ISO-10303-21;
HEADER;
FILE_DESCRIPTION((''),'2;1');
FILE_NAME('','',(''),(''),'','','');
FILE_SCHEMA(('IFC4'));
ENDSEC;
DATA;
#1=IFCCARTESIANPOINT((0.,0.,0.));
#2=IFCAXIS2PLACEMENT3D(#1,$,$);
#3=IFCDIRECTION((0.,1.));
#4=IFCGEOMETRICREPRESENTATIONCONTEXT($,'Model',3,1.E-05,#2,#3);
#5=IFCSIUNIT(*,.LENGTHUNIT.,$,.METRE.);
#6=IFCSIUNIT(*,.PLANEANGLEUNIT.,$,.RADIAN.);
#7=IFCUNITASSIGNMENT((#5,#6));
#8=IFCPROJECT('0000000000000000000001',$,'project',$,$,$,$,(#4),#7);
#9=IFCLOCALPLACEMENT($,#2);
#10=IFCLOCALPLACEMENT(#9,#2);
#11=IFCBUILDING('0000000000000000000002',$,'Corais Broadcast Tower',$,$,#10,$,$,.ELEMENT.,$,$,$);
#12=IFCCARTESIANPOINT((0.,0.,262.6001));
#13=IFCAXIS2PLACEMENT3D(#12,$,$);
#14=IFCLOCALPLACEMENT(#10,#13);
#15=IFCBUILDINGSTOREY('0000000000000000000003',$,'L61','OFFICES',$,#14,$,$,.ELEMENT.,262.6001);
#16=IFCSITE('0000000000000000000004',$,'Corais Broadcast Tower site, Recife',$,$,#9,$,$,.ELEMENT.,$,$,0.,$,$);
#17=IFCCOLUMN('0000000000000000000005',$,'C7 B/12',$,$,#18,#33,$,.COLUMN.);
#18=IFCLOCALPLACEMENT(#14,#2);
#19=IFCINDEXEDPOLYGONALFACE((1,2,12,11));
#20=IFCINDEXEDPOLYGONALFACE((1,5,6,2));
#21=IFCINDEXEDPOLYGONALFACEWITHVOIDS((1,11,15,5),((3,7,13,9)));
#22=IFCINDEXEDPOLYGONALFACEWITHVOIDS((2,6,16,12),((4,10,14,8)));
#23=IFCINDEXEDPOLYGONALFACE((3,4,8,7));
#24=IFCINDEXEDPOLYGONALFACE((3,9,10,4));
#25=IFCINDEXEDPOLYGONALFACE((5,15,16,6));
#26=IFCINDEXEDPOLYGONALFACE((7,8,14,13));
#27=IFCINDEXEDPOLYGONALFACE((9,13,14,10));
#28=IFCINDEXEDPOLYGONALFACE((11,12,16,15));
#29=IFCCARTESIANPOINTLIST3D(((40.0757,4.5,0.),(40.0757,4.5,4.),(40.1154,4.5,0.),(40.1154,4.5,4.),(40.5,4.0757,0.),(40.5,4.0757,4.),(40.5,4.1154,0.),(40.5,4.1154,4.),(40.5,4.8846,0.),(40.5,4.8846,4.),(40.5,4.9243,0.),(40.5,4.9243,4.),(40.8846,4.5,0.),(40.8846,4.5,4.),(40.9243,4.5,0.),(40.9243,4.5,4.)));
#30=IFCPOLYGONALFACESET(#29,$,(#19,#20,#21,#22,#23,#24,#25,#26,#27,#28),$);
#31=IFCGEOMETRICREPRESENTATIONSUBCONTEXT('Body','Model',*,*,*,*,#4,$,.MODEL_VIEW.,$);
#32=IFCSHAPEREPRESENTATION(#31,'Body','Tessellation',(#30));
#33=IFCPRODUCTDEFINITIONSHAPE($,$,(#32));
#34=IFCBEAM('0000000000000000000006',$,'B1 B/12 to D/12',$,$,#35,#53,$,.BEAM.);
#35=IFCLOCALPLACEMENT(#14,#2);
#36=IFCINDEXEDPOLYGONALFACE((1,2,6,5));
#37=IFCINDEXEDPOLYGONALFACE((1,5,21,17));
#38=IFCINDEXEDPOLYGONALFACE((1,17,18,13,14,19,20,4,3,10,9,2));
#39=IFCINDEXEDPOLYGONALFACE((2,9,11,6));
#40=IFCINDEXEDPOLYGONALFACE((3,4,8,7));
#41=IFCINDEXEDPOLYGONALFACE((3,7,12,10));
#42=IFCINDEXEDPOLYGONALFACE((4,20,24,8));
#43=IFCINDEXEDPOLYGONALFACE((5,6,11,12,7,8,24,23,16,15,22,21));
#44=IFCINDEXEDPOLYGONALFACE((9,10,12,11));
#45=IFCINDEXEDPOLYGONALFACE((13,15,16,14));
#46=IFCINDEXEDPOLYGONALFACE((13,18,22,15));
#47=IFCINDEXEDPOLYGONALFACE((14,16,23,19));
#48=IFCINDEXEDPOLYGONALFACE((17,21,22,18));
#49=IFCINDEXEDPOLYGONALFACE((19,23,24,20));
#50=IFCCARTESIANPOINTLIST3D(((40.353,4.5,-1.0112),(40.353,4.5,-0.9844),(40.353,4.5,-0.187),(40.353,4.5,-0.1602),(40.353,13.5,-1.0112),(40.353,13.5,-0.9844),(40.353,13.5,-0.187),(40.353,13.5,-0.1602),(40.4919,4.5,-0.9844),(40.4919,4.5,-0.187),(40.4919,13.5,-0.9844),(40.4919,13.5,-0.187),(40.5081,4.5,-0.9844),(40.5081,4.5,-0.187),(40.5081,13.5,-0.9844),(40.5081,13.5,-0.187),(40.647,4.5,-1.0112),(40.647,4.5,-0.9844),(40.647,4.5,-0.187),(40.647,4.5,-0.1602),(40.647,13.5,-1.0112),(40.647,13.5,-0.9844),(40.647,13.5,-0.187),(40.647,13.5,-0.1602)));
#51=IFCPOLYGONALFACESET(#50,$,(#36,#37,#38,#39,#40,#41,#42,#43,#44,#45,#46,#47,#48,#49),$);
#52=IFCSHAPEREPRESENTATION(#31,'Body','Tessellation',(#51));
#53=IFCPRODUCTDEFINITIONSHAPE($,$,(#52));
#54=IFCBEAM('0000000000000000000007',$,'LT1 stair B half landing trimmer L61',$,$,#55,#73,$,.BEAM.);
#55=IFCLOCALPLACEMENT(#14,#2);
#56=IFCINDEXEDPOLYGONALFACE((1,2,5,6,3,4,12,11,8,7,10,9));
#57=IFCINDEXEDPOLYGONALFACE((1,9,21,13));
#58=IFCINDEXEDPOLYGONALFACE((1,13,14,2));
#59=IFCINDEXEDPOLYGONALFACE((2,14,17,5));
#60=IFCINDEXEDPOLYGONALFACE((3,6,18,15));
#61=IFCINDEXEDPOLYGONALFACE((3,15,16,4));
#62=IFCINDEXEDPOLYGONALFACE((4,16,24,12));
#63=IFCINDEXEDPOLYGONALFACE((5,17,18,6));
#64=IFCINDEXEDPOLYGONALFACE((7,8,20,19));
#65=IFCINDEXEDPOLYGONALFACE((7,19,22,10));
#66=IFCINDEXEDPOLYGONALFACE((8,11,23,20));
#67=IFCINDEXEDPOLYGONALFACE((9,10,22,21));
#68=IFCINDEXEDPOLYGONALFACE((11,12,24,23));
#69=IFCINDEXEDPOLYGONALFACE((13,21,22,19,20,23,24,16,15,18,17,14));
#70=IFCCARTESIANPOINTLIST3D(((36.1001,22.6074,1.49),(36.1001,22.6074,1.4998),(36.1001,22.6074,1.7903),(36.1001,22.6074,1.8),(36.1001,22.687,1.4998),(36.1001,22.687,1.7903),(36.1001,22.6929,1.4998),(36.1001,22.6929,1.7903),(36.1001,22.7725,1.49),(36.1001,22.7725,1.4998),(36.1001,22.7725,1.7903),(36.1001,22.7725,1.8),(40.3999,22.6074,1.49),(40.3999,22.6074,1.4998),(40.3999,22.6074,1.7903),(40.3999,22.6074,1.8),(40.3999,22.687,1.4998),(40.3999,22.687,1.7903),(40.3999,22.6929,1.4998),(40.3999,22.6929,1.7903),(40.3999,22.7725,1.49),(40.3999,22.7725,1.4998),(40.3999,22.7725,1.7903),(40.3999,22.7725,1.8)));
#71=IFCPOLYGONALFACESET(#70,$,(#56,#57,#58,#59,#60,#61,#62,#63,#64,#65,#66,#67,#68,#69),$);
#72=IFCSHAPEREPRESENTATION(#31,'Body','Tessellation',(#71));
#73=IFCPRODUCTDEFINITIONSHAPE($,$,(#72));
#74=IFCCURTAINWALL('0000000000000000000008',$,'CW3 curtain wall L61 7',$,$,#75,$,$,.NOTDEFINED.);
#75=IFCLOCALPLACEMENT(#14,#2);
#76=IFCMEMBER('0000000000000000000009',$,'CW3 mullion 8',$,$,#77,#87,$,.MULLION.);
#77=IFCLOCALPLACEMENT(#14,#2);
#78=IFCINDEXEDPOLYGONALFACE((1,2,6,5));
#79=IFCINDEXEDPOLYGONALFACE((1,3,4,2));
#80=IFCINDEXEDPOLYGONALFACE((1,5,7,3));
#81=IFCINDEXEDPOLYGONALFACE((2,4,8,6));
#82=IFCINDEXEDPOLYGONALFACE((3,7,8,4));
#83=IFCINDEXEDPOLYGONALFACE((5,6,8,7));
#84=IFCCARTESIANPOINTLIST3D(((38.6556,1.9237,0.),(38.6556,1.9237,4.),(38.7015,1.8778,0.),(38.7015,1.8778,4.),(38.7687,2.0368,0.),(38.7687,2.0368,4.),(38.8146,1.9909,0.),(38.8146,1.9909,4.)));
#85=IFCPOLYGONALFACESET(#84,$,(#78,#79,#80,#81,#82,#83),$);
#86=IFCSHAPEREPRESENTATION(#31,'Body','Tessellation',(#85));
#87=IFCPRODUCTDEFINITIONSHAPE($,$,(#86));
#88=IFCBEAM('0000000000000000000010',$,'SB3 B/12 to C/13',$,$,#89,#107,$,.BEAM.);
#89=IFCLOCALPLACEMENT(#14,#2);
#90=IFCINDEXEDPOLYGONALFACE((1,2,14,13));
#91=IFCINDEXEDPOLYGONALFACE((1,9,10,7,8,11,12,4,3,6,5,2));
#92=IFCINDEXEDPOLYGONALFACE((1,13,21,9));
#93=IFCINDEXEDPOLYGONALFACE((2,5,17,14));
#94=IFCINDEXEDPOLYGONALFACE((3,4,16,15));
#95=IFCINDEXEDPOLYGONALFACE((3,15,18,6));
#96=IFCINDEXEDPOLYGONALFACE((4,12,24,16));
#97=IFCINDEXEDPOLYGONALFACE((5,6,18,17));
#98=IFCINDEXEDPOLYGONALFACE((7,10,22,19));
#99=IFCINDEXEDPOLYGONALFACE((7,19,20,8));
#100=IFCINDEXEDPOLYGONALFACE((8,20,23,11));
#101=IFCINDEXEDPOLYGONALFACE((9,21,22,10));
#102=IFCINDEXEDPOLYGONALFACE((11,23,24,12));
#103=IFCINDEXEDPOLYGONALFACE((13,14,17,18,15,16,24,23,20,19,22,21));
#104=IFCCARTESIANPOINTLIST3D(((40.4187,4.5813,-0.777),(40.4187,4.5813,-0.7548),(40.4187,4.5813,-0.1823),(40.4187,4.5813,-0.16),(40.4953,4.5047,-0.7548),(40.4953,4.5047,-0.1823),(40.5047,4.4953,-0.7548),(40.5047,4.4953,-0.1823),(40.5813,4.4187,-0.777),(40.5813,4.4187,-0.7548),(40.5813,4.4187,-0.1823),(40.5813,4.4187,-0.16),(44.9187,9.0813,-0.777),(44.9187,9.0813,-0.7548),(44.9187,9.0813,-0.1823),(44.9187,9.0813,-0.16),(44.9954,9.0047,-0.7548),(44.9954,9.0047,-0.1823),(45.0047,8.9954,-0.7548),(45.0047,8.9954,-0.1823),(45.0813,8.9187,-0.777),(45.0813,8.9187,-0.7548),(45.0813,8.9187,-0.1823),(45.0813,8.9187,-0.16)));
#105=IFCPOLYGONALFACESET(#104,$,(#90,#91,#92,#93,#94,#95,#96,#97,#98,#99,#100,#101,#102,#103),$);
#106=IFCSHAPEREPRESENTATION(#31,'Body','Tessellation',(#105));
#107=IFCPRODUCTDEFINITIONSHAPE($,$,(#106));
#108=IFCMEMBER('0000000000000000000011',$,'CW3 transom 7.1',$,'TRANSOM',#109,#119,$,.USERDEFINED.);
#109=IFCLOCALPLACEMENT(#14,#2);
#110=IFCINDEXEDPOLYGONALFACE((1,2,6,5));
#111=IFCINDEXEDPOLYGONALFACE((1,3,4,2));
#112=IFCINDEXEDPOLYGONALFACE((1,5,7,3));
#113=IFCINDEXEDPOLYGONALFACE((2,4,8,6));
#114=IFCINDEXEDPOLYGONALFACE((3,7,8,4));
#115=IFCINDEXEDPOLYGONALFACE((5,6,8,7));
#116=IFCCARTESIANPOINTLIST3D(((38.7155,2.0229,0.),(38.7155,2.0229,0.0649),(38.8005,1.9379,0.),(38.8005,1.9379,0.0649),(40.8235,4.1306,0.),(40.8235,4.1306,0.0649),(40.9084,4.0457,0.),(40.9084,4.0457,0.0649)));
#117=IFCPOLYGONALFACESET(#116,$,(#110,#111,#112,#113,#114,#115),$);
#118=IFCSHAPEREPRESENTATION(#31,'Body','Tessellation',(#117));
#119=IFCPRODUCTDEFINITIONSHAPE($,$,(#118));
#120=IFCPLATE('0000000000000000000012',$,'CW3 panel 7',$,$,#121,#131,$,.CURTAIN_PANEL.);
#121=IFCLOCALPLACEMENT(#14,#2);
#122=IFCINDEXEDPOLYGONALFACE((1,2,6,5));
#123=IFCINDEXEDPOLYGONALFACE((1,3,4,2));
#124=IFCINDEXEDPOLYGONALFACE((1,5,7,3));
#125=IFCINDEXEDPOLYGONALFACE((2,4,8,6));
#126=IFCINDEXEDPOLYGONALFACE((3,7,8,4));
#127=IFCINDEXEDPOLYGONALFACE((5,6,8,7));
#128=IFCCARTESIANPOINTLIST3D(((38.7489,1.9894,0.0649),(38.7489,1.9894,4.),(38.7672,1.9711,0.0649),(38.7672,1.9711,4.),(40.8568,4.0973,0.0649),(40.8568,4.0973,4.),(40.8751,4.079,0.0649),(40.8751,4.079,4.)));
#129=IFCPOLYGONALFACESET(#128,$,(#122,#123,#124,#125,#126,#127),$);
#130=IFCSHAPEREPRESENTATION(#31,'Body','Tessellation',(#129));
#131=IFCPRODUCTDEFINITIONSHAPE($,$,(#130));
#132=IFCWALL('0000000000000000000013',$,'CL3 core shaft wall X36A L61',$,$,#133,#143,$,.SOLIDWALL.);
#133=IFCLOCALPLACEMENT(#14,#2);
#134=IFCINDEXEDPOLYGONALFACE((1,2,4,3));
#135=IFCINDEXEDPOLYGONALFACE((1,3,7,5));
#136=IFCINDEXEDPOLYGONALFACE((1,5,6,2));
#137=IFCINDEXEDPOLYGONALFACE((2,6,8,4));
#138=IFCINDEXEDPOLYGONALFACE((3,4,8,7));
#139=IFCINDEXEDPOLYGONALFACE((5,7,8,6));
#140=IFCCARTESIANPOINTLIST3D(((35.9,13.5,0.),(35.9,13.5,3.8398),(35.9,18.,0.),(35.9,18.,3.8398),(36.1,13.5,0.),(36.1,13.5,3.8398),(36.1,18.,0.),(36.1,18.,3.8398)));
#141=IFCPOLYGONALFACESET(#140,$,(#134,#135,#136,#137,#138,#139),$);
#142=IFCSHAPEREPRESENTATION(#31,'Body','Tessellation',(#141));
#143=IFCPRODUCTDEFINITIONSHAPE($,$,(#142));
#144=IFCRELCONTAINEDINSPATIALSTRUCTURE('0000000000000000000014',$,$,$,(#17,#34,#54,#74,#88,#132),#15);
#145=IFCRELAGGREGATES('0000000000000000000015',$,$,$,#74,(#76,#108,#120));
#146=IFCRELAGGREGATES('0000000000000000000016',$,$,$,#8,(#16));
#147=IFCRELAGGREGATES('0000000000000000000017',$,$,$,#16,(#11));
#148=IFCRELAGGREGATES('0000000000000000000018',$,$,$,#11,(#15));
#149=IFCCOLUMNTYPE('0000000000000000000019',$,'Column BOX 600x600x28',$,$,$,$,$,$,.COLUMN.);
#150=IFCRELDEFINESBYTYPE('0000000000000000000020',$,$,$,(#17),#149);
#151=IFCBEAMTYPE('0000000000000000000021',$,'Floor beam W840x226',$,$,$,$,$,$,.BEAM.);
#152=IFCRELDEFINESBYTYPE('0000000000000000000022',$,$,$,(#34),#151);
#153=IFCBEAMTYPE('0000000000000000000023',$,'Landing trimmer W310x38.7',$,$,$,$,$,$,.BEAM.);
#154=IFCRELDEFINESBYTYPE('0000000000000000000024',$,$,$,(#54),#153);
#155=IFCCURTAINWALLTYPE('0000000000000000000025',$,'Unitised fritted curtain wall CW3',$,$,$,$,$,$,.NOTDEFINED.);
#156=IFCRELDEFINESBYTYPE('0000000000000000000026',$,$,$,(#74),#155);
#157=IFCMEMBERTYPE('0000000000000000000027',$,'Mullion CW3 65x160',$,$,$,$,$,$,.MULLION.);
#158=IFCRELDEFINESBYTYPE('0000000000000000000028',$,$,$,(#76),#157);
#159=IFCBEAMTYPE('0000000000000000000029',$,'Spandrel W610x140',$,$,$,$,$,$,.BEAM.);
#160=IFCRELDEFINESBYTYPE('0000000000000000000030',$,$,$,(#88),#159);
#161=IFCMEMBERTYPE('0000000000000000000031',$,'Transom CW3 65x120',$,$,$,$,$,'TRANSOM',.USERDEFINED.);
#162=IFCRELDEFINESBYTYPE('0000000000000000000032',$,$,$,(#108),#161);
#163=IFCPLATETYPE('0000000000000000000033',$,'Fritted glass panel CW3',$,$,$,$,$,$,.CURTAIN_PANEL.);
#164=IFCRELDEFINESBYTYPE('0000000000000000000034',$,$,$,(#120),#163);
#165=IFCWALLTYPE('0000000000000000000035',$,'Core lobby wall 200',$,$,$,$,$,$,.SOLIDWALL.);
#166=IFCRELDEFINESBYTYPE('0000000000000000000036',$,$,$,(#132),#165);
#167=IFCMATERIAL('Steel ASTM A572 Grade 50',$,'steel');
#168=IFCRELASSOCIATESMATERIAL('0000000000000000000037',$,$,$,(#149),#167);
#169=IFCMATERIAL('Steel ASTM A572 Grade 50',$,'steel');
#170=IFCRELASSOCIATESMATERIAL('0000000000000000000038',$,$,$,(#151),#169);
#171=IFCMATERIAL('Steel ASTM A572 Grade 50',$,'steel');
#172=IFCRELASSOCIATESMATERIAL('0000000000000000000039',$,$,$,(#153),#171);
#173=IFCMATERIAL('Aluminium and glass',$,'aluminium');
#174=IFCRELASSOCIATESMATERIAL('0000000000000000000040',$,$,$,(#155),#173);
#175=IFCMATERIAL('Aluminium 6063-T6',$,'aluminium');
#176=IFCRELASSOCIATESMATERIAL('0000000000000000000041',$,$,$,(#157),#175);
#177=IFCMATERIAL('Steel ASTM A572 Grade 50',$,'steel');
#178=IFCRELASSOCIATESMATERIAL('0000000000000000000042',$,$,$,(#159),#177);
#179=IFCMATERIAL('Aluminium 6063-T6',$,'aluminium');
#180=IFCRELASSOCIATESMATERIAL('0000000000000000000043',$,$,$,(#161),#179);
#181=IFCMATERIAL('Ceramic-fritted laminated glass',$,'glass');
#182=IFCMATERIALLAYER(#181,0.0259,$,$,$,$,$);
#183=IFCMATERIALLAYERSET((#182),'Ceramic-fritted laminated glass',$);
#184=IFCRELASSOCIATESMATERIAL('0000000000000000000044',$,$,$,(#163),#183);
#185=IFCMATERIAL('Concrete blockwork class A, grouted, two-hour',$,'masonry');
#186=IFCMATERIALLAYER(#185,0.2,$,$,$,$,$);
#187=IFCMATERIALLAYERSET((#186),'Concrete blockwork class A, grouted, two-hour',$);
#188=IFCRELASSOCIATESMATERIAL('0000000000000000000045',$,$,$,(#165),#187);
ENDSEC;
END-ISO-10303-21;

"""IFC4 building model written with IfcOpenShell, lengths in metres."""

from ifc_helpers import new_model, si_unit, direction, frame, frame_2d, origin, origin_2d, place, context, subcontext, project, spatial, rectangle, hollow_rectangle, i_section, extrude, material, layer, layer_set, material_profile, profile_set, type_object, element, aggregate, save


model = new_model("IFC4")

# Units and contexts
model_context = context("Model", 3, precision=1e-05, world=origin(), true_north=direction((0.0, 1.0)))
body_context = subcontext(model_context, "Body", "Model", "MODEL_VIEW")
ifc_project = project(units=[si_unit("LENGTHUNIT", "METRE"), si_unit("PLANEANGLEUNIT", "RADIAN")], contexts=[model_context])

# Site, building, storey
site_placement = place(None, origin())
site = spatial("IfcSite", under=ifc_project, at=site_placement, Name="Corais Broadcast Tower site, Recife", CompositionType="ELEMENT", RefElevation=0.0)
building_placement = place(site_placement, origin())
building = spatial("IfcBuilding", under=site, at=building_placement, Name="Corais Broadcast Tower", CompositionType="ELEMENT")
storey_placement = place(building_placement, frame((0.0, 0.0, 262.6001)))
storey = spatial("IfcBuildingStorey", under=building, at=storey_placement, Name="L61", Description="OFFICES", CompositionType="ELEMENT", Elevation=262.6001)

# Column
ifc_material_1 = material(Name="Steel ASTM A572 Grade 50", Category="steel")
ifc_material_profile_1 = material_profile(ifc_material_1, hollow_rectangle(XDim=0.6001, YDim=0.6001, WallThickness=0.0281, at=origin_2d()), Name="BOX 600x600x28")
ifc_profile_set_1 = profile_set([ifc_material_profile_1], Name="Steel ASTM A572 Grade 50")
column_type = type_object("IfcColumnType", Name="Column BOX 600x600x28", PredefinedType="COLUMN", material=ifc_profile_set_1)
column_placement = place(storey_placement, frame((40.5, 4.5, 0.0), z_axis=(0.0, 0.0, 1.0), x_axis=(0.707107, 0.707107, 0.0)))
element("IfcColumn", 1, at=column_placement, inside=storey, type_object=column_type, Name="C7 B/12", PredefinedType="COLUMN", context=body_context, shape_type="SweptSolid", body=[
    extrude(hollow_rectangle(XDim=0.6001, YDim=0.6001, WallThickness=0.0281, at=origin_2d()), origin(), (0.0, 0.0, 1.0), 4.0),
])

# Beams
ifc_material_2 = material(Name="Steel ASTM A572 Grade 50", Category="steel")
ifc_material_profile_2 = material_profile(ifc_material_2, i_section(OverallWidth=0.2939, OverallDepth=0.8511, WebThickness=0.0161, FlangeThickness=0.0269, at=origin_2d()), Name="W840x226")
ifc_profile_set_2 = profile_set([ifc_material_profile_2], Name="Steel ASTM A572 Grade 50")
beam_type_1 = type_object("IfcBeamType", Name="Floor beam W840x226", PredefinedType="BEAM", material=ifc_profile_set_2)
beam_1_placement = place(storey_placement, frame((40.5, 4.5, -0.5857), z_axis=(0.0, 1.0, 0.0), x_axis=(-1.0, 0.0, 0.0)))
element("IfcBeam", 2, at=beam_1_placement, inside=storey, type_object=beam_type_1, Name="B1 B/12 to D/12", PredefinedType="BEAM", context=body_context, shape_type="SweptSolid", body=[
    extrude(i_section(OverallWidth=0.2939, OverallDepth=0.8511, WebThickness=0.0161, FlangeThickness=0.0269, at=origin_2d()), origin(), (0.0, 0.0, 1.0), 9.0),
])
ifc_material_3 = material(Name="Steel ASTM A572 Grade 50", Category="steel")
ifc_material_profile_3 = material_profile(ifc_material_3, i_section(OverallWidth=0.165, OverallDepth=0.3101, WebThickness=0.0059, FlangeThickness=0.0098, at=origin_2d()), Name="W310x38.7")
ifc_profile_set_3 = profile_set([ifc_material_profile_3], Name="Steel ASTM A572 Grade 50")
beam_type_2 = type_object("IfcBeamType", Name="Landing trimmer W310x38.7", PredefinedType="BEAM", material=ifc_profile_set_3)
beam_2_placement = place(storey_placement, frame((36.1001, 22.6899, 1.645), z_axis=(1.0, 0.0, 0.0), x_axis=(0.0, 1.0, 0.0)))
element("IfcBeam", 3, at=beam_2_placement, inside=storey, type_object=beam_type_2, Name="LT1 stair B half landing trimmer L61", PredefinedType="BEAM", context=body_context, shape_type="SweptSolid", body=[
    extrude(i_section(OverallWidth=0.165, OverallDepth=0.3101, WebThickness=0.0059, FlangeThickness=0.0098, at=origin_2d()), origin(), (0.0, 0.0, 1.0), 4.2998),
])

# Curtain wall, member
ifc_material_4 = material(Name="Aluminium and glass", Category="aluminium")
curtain_wall_type = type_object("IfcCurtainWallType", Name="Unitised fritted curtain wall CW3", PredefinedType="NOTDEFINED", material=ifc_material_4)
curtain_wall_placement = place(storey_placement, origin())
curtain_wall = element("IfcCurtainWall", 4, at=curtain_wall_placement, inside=storey, type_object=curtain_wall_type, Name="CW3 curtain wall L61 7", PredefinedType="NOTDEFINED")
ifc_material_5 = material(Name="Aluminium 6063-T6", Category="aluminium")
ifc_material_profile_4 = material_profile(ifc_material_5, rectangle(XDim=0.0649, YDim=0.1599, at=origin_2d()), Name="Mullion CW3 65x160")
ifc_profile_set_4 = profile_set([ifc_material_profile_4], Name="Aluminium 6063-T6")
member_type_1 = type_object("IfcMemberType", Name="Mullion CW3 65x160", PredefinedType="MULLION", material=ifc_profile_set_4)
member_1_placement = place(storey_placement, frame((38.7351, 1.9573, 0.0), z_axis=(0.0, 0.0, 1.0), x_axis=(0.707107, -0.707107, 0.0)))
member_1 = element("IfcMember", 5, at=member_1_placement, type_object=member_type_1, Name="CW3 mullion 8", PredefinedType="MULLION", context=body_context, shape_type="SweptSolid", body=[
    extrude(rectangle(XDim=0.0649, YDim=0.1599, at=origin_2d()), origin(), (0.0, 0.0, 1.0), 4.0),
])

# Beam
ifc_material_6 = material(Name="Steel ASTM A572 Grade 50", Category="steel")
ifc_material_profile_5 = material_profile(ifc_material_6, i_section(OverallWidth=0.23, OverallDepth=0.6169, WebThickness=0.0132, FlangeThickness=0.0222, at=origin_2d()), Name="W610x140")
ifc_profile_set_5 = profile_set([ifc_material_profile_5], Name="Steel ASTM A572 Grade 50")
beam_type_3 = type_object("IfcBeamType", Name="Spandrel W610x140", PredefinedType="BEAM", material=ifc_profile_set_5)
beam_3_placement = place(storey_placement, frame((40.5, 4.5, -0.4685), z_axis=(0.707107, 0.707107, 0.0), x_axis=(-0.707107, 0.707107, 0.0)))
element("IfcBeam", 6, at=beam_3_placement, inside=storey, type_object=beam_type_3, Name="SB3 B/12 to C/13", PredefinedType="BEAM", context=body_context, shape_type="SweptSolid", body=[
    extrude(i_section(OverallWidth=0.23, OverallDepth=0.6169, WebThickness=0.0132, FlangeThickness=0.0222, at=origin_2d()), origin(), (0.0, 0.0, 1.0), 6.364),
])

# Member
ifc_material_7 = material(Name="Aluminium 6063-T6", Category="aluminium")
ifc_material_profile_6 = material_profile(ifc_material_7, rectangle(XDim=0.1201, YDim=0.0649, at=origin_2d()), Name="Transom CW3 65x120")
ifc_profile_set_6 = profile_set([ifc_material_profile_6], Name="Aluminium 6063-T6")
member_type_2 = type_object("IfcMemberType", Name="Transom CW3 65x120", ElementType="TRANSOM", PredefinedType="USERDEFINED", material=ifc_profile_set_6)
member_2_placement = place(storey_placement, frame((40.866, 4.0881, 0.0325), z_axis=(-0.707148, -0.707066, 0.0), x_axis=(0.707066, -0.707148, 0.0)))
member_2 = element("IfcMember", 7, at=member_2_placement, type_object=member_type_2, Name="CW3 transom 7.1", ObjectType="TRANSOM", PredefinedType="USERDEFINED", context=body_context, shape_type="SweptSolid", body=[
    extrude(rectangle(XDim=0.1201, YDim=0.0649, at=origin_2d()), origin(), (0.0, 0.0, 1.0), 2.981),
])

# Plate
ifc_material_8 = material(Name="Ceramic-fritted laminated glass", Category="glass")
ifc_layer_1 = layer(ifc_material_8, 0.0259)
ifc_layer_set_1 = layer_set([ifc_layer_1], Name="Ceramic-fritted laminated glass")
plate_type = type_object("IfcPlateType", Name="Fritted glass panel CW3", PredefinedType="CURTAIN_PANEL", material=ifc_layer_set_1)
plate_placement = place(storey_placement, frame((39.812, 3.0342, 0.0649), z_axis=(0.0, 0.0, 1.0), x_axis=(-0.707107, -0.707107, 0.0)))
plate = element("IfcPlate", 8, at=plate_placement, type_object=plate_type, Name="CW3 panel 7", PredefinedType="CURTAIN_PANEL", context=body_context, shape_type="SweptSolid", body=[
    extrude(rectangle(XDim=2.981, YDim=0.0259, at=origin_2d()), origin(), (0.0, 0.0, 1.0), 3.9351),
])
aggregate(curtain_wall, [member_1, member_2, plate])

# Wall
ifc_material_9 = material(Name="Concrete blockwork class A, grouted, two-hour", Category="masonry")
ifc_layer_2 = layer(ifc_material_9, 0.2)
ifc_layer_set_2 = layer_set([ifc_layer_2], Name="Concrete blockwork class A, grouted, two-hour")
wall_type_1 = type_object("IfcWallType", Name="Core lobby wall 200", PredefinedType="SOLIDWALL", material=ifc_layer_set_2)
wall_1_placement = place(storey_placement, frame((36.0, 13.5, 0.0), z_axis=(0.0, 0.0, 1.0), x_axis=(0.0, 1.0, 0.0)))
element("IfcWall", 9, at=wall_1_placement, inside=storey, type_object=wall_type_1, Name="CL3 core shaft wall X36A L61", PredefinedType="SOLIDWALL", context=body_context, shape_type="SweptSolid", body=[
    extrude(rectangle(XDim=4.5, YDim=0.2, at=frame_2d((2.25, 0.0))), origin(), (0.0, 0.0, 1.0), 3.8398),
])

save(model, "model.ifc")
